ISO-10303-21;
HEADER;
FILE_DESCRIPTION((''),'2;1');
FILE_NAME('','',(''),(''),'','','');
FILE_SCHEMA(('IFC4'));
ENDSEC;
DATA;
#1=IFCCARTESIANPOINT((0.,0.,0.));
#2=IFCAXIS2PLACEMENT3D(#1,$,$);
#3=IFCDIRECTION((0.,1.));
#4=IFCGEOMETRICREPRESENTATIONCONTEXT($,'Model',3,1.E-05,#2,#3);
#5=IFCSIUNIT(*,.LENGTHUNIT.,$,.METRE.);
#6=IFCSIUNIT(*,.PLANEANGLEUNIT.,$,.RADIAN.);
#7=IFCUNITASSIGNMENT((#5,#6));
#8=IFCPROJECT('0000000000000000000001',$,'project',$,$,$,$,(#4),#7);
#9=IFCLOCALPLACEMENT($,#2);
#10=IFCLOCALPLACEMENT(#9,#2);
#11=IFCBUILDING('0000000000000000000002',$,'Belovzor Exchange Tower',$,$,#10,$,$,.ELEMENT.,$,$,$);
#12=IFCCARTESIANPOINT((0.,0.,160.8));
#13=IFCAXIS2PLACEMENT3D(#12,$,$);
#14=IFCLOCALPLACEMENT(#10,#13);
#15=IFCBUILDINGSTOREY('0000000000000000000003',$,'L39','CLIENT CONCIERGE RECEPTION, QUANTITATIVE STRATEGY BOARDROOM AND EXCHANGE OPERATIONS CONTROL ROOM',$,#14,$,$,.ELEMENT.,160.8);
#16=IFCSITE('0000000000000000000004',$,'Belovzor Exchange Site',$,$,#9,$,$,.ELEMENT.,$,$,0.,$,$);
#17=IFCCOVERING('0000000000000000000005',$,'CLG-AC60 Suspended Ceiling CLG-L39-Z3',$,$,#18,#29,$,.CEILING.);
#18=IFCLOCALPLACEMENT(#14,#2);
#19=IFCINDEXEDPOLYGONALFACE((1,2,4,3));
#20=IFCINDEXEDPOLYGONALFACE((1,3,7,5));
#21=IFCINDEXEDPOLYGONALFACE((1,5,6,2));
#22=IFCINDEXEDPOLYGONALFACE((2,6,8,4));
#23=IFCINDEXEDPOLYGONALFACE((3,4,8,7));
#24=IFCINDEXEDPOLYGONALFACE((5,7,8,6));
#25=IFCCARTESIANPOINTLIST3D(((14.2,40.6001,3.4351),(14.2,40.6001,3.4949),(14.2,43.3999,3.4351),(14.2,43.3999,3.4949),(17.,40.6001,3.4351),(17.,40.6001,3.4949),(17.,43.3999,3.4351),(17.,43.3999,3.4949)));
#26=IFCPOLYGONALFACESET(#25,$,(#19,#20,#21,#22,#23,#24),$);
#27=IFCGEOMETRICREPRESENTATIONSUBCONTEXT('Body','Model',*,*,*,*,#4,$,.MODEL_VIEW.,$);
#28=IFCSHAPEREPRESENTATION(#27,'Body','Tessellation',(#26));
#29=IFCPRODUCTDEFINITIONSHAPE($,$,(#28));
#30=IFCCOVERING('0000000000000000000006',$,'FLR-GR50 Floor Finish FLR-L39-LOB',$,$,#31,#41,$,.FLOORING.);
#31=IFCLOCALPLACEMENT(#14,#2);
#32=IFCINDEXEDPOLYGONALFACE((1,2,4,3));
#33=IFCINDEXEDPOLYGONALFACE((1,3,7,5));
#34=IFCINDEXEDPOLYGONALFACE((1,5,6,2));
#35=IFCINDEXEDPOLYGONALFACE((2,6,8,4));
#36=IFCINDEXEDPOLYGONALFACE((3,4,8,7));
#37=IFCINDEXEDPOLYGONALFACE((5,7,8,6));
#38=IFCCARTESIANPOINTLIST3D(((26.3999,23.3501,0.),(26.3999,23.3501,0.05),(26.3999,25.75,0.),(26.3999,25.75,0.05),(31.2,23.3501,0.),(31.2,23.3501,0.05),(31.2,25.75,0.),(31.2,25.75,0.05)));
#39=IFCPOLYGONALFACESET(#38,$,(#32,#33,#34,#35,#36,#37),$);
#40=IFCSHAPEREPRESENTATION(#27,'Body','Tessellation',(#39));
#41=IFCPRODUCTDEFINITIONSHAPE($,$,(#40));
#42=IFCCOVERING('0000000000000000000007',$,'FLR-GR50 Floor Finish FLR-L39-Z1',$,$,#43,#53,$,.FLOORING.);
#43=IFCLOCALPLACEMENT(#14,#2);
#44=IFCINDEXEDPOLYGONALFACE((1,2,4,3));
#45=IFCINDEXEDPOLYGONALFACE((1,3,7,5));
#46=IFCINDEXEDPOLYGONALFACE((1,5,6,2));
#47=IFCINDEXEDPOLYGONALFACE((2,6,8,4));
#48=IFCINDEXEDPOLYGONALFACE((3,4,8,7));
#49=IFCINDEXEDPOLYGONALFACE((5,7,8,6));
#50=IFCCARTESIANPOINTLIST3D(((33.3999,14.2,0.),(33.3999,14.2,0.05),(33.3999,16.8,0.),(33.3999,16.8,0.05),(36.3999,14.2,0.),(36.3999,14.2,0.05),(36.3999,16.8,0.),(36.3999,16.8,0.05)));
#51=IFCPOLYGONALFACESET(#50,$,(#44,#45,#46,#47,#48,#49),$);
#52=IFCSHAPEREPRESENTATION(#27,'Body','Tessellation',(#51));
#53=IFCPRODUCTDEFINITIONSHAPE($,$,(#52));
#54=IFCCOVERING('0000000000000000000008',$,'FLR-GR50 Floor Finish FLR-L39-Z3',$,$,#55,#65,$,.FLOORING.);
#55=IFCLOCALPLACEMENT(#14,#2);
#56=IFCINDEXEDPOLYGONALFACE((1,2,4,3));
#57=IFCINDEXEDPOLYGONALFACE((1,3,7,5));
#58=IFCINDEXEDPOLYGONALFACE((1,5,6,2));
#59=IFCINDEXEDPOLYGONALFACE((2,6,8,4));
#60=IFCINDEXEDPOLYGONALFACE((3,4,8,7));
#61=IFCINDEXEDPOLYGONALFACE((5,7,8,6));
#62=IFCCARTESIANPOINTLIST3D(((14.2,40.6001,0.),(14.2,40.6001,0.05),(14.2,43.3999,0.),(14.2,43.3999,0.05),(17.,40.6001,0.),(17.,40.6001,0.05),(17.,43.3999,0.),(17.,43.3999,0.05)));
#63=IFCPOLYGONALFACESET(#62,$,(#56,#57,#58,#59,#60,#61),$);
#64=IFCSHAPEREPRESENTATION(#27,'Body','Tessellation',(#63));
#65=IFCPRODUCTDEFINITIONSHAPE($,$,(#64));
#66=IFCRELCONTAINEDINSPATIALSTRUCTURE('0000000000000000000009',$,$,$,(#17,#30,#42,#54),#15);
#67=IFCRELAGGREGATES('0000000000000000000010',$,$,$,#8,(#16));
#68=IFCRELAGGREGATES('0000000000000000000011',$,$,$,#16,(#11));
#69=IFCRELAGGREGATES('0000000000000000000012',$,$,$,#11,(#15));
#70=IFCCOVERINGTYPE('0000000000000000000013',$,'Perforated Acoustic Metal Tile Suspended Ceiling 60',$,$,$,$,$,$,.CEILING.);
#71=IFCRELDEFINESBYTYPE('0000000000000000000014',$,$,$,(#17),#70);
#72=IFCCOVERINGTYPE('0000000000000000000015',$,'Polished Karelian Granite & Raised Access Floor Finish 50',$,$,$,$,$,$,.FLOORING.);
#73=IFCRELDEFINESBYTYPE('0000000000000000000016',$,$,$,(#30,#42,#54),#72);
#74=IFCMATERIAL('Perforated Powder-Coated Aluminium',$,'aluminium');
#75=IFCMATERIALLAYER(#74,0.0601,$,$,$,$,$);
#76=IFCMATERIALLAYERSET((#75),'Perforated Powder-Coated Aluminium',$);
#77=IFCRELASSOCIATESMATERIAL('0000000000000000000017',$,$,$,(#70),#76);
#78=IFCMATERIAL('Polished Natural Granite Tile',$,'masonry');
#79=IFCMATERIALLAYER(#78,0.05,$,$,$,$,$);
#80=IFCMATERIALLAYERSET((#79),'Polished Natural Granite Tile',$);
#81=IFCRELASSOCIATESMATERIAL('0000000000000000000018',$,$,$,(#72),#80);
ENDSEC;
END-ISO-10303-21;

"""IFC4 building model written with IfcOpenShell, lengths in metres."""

from ifc_helpers import new_model, si_unit, direction, frame, origin, place, context, subcontext, project, spatial, polyline, outline, extrude, material, layer, layer_set, type_object, element, save


model = new_model("IFC4")

# Units and contexts
model_context = context("Model", 3, precision=1e-05, world=origin(), true_north=direction((0.0, 1.0)))
body_context = subcontext(model_context, "Body", "Model", "MODEL_VIEW")
ifc_project = project(units=[si_unit("LENGTHUNIT", "METRE"), si_unit("PLANEANGLEUNIT", "RADIAN")], contexts=[model_context])

# Site, building, storey
site_placement = place(None, origin())
site = spatial("IfcSite", under=ifc_project, at=site_placement, Name="Belovzor Exchange Site", CompositionType="ELEMENT", RefElevation=0.0)
building_placement = place(site_placement, origin())
building = spatial("IfcBuilding", under=site, at=building_placement, Name="Belovzor Exchange Tower", CompositionType="ELEMENT")
storey_placement = place(building_placement, frame((0.0, 0.0, 160.8)))
storey = spatial("IfcBuildingStorey", under=building, at=storey_placement, Name="L39", Description="CLIENT CONCIERGE RECEPTION, QUANTITATIVE STRATEGY BOARDROOM AND EXCHANGE OPERATIONS CONTROL ROOM", CompositionType="ELEMENT", Elevation=160.8)

# Coverings
ifc_material_1 = material(Name="Perforated Powder-Coated Aluminium", Category="aluminium")
ifc_layer_1 = layer(ifc_material_1, 0.0601)
ifc_layer_set_1 = layer_set([ifc_layer_1], Name="Perforated Powder-Coated Aluminium")
covering_type_1 = type_object("IfcCoveringType", Name="Perforated Acoustic Metal Tile Suspended Ceiling 60", PredefinedType="CEILING", material=ifc_layer_set_1)
covering_1_placement = place(storey_placement, frame((0.0, 0.0, 3.4351)))
element("IfcCovering", 1, at=covering_1_placement, inside=storey, type_object=covering_type_1, Name="CLG-AC60 Suspended Ceiling CLG-L39-Z3", PredefinedType="CEILING", context=body_context, shape_type="SweptSolid", body=[
    extrude(outline(polyline([(14.2, 40.6001), (17.0, 40.6001), (17.0, 43.3999), (14.2, 43.3999), (14.2, 40.6001)])), origin(), (0.0, 0.0, 1.0), 0.0598),
])
ifc_material_2 = material(Name="Polished Natural Granite Tile", Category="masonry")
ifc_layer_2 = layer(ifc_material_2, 0.05)
ifc_layer_set_2 = layer_set([ifc_layer_2], Name="Polished Natural Granite Tile")
covering_type_2 = type_object("IfcCoveringType", Name="Polished Karelian Granite & Raised Access Floor Finish 50", PredefinedType="FLOORING", material=ifc_layer_set_2)
covering_2_placement = place(storey_placement, origin())
element("IfcCovering", 2, at=covering_2_placement, inside=storey, type_object=covering_type_2, Name="FLR-GR50 Floor Finish FLR-L39-LOB", PredefinedType="FLOORING", context=body_context, shape_type="SweptSolid", body=[
    extrude(outline(polyline([(26.3999, 23.3501), (31.2, 23.3501), (31.2, 25.75), (26.3999, 25.75), (26.3999, 23.3501)])), origin(), (0.0, 0.0, 1.0), 0.05),
])
covering_3_placement = place(storey_placement, origin())
element("IfcCovering", 3, at=covering_3_placement, inside=storey, type_object=covering_type_2, Name="FLR-GR50 Floor Finish FLR-L39-Z1", PredefinedType="FLOORING", context=body_context, shape_type="SweptSolid", body=[
    extrude(outline(polyline([(33.3999, 14.2), (36.3999, 14.2), (36.3999, 16.8), (33.3999, 16.8), (33.3999, 14.2)])), origin(), (0.0, 0.0, 1.0), 0.05),
])
covering_4_placement = place(storey_placement, origin())
element("IfcCovering", 4, at=covering_4_placement, inside=storey, type_object=covering_type_2, Name="FLR-GR50 Floor Finish FLR-L39-Z3", PredefinedType="FLOORING", context=body_context, shape_type="SweptSolid", body=[
    extrude(outline(polyline([(14.2, 40.6001), (17.0, 40.6001), (17.0, 43.3999), (14.2, 43.3999), (14.2, 40.6001)])), origin(), (0.0, 0.0, 1.0), 0.05),
])

save(model, "model.ifc")
